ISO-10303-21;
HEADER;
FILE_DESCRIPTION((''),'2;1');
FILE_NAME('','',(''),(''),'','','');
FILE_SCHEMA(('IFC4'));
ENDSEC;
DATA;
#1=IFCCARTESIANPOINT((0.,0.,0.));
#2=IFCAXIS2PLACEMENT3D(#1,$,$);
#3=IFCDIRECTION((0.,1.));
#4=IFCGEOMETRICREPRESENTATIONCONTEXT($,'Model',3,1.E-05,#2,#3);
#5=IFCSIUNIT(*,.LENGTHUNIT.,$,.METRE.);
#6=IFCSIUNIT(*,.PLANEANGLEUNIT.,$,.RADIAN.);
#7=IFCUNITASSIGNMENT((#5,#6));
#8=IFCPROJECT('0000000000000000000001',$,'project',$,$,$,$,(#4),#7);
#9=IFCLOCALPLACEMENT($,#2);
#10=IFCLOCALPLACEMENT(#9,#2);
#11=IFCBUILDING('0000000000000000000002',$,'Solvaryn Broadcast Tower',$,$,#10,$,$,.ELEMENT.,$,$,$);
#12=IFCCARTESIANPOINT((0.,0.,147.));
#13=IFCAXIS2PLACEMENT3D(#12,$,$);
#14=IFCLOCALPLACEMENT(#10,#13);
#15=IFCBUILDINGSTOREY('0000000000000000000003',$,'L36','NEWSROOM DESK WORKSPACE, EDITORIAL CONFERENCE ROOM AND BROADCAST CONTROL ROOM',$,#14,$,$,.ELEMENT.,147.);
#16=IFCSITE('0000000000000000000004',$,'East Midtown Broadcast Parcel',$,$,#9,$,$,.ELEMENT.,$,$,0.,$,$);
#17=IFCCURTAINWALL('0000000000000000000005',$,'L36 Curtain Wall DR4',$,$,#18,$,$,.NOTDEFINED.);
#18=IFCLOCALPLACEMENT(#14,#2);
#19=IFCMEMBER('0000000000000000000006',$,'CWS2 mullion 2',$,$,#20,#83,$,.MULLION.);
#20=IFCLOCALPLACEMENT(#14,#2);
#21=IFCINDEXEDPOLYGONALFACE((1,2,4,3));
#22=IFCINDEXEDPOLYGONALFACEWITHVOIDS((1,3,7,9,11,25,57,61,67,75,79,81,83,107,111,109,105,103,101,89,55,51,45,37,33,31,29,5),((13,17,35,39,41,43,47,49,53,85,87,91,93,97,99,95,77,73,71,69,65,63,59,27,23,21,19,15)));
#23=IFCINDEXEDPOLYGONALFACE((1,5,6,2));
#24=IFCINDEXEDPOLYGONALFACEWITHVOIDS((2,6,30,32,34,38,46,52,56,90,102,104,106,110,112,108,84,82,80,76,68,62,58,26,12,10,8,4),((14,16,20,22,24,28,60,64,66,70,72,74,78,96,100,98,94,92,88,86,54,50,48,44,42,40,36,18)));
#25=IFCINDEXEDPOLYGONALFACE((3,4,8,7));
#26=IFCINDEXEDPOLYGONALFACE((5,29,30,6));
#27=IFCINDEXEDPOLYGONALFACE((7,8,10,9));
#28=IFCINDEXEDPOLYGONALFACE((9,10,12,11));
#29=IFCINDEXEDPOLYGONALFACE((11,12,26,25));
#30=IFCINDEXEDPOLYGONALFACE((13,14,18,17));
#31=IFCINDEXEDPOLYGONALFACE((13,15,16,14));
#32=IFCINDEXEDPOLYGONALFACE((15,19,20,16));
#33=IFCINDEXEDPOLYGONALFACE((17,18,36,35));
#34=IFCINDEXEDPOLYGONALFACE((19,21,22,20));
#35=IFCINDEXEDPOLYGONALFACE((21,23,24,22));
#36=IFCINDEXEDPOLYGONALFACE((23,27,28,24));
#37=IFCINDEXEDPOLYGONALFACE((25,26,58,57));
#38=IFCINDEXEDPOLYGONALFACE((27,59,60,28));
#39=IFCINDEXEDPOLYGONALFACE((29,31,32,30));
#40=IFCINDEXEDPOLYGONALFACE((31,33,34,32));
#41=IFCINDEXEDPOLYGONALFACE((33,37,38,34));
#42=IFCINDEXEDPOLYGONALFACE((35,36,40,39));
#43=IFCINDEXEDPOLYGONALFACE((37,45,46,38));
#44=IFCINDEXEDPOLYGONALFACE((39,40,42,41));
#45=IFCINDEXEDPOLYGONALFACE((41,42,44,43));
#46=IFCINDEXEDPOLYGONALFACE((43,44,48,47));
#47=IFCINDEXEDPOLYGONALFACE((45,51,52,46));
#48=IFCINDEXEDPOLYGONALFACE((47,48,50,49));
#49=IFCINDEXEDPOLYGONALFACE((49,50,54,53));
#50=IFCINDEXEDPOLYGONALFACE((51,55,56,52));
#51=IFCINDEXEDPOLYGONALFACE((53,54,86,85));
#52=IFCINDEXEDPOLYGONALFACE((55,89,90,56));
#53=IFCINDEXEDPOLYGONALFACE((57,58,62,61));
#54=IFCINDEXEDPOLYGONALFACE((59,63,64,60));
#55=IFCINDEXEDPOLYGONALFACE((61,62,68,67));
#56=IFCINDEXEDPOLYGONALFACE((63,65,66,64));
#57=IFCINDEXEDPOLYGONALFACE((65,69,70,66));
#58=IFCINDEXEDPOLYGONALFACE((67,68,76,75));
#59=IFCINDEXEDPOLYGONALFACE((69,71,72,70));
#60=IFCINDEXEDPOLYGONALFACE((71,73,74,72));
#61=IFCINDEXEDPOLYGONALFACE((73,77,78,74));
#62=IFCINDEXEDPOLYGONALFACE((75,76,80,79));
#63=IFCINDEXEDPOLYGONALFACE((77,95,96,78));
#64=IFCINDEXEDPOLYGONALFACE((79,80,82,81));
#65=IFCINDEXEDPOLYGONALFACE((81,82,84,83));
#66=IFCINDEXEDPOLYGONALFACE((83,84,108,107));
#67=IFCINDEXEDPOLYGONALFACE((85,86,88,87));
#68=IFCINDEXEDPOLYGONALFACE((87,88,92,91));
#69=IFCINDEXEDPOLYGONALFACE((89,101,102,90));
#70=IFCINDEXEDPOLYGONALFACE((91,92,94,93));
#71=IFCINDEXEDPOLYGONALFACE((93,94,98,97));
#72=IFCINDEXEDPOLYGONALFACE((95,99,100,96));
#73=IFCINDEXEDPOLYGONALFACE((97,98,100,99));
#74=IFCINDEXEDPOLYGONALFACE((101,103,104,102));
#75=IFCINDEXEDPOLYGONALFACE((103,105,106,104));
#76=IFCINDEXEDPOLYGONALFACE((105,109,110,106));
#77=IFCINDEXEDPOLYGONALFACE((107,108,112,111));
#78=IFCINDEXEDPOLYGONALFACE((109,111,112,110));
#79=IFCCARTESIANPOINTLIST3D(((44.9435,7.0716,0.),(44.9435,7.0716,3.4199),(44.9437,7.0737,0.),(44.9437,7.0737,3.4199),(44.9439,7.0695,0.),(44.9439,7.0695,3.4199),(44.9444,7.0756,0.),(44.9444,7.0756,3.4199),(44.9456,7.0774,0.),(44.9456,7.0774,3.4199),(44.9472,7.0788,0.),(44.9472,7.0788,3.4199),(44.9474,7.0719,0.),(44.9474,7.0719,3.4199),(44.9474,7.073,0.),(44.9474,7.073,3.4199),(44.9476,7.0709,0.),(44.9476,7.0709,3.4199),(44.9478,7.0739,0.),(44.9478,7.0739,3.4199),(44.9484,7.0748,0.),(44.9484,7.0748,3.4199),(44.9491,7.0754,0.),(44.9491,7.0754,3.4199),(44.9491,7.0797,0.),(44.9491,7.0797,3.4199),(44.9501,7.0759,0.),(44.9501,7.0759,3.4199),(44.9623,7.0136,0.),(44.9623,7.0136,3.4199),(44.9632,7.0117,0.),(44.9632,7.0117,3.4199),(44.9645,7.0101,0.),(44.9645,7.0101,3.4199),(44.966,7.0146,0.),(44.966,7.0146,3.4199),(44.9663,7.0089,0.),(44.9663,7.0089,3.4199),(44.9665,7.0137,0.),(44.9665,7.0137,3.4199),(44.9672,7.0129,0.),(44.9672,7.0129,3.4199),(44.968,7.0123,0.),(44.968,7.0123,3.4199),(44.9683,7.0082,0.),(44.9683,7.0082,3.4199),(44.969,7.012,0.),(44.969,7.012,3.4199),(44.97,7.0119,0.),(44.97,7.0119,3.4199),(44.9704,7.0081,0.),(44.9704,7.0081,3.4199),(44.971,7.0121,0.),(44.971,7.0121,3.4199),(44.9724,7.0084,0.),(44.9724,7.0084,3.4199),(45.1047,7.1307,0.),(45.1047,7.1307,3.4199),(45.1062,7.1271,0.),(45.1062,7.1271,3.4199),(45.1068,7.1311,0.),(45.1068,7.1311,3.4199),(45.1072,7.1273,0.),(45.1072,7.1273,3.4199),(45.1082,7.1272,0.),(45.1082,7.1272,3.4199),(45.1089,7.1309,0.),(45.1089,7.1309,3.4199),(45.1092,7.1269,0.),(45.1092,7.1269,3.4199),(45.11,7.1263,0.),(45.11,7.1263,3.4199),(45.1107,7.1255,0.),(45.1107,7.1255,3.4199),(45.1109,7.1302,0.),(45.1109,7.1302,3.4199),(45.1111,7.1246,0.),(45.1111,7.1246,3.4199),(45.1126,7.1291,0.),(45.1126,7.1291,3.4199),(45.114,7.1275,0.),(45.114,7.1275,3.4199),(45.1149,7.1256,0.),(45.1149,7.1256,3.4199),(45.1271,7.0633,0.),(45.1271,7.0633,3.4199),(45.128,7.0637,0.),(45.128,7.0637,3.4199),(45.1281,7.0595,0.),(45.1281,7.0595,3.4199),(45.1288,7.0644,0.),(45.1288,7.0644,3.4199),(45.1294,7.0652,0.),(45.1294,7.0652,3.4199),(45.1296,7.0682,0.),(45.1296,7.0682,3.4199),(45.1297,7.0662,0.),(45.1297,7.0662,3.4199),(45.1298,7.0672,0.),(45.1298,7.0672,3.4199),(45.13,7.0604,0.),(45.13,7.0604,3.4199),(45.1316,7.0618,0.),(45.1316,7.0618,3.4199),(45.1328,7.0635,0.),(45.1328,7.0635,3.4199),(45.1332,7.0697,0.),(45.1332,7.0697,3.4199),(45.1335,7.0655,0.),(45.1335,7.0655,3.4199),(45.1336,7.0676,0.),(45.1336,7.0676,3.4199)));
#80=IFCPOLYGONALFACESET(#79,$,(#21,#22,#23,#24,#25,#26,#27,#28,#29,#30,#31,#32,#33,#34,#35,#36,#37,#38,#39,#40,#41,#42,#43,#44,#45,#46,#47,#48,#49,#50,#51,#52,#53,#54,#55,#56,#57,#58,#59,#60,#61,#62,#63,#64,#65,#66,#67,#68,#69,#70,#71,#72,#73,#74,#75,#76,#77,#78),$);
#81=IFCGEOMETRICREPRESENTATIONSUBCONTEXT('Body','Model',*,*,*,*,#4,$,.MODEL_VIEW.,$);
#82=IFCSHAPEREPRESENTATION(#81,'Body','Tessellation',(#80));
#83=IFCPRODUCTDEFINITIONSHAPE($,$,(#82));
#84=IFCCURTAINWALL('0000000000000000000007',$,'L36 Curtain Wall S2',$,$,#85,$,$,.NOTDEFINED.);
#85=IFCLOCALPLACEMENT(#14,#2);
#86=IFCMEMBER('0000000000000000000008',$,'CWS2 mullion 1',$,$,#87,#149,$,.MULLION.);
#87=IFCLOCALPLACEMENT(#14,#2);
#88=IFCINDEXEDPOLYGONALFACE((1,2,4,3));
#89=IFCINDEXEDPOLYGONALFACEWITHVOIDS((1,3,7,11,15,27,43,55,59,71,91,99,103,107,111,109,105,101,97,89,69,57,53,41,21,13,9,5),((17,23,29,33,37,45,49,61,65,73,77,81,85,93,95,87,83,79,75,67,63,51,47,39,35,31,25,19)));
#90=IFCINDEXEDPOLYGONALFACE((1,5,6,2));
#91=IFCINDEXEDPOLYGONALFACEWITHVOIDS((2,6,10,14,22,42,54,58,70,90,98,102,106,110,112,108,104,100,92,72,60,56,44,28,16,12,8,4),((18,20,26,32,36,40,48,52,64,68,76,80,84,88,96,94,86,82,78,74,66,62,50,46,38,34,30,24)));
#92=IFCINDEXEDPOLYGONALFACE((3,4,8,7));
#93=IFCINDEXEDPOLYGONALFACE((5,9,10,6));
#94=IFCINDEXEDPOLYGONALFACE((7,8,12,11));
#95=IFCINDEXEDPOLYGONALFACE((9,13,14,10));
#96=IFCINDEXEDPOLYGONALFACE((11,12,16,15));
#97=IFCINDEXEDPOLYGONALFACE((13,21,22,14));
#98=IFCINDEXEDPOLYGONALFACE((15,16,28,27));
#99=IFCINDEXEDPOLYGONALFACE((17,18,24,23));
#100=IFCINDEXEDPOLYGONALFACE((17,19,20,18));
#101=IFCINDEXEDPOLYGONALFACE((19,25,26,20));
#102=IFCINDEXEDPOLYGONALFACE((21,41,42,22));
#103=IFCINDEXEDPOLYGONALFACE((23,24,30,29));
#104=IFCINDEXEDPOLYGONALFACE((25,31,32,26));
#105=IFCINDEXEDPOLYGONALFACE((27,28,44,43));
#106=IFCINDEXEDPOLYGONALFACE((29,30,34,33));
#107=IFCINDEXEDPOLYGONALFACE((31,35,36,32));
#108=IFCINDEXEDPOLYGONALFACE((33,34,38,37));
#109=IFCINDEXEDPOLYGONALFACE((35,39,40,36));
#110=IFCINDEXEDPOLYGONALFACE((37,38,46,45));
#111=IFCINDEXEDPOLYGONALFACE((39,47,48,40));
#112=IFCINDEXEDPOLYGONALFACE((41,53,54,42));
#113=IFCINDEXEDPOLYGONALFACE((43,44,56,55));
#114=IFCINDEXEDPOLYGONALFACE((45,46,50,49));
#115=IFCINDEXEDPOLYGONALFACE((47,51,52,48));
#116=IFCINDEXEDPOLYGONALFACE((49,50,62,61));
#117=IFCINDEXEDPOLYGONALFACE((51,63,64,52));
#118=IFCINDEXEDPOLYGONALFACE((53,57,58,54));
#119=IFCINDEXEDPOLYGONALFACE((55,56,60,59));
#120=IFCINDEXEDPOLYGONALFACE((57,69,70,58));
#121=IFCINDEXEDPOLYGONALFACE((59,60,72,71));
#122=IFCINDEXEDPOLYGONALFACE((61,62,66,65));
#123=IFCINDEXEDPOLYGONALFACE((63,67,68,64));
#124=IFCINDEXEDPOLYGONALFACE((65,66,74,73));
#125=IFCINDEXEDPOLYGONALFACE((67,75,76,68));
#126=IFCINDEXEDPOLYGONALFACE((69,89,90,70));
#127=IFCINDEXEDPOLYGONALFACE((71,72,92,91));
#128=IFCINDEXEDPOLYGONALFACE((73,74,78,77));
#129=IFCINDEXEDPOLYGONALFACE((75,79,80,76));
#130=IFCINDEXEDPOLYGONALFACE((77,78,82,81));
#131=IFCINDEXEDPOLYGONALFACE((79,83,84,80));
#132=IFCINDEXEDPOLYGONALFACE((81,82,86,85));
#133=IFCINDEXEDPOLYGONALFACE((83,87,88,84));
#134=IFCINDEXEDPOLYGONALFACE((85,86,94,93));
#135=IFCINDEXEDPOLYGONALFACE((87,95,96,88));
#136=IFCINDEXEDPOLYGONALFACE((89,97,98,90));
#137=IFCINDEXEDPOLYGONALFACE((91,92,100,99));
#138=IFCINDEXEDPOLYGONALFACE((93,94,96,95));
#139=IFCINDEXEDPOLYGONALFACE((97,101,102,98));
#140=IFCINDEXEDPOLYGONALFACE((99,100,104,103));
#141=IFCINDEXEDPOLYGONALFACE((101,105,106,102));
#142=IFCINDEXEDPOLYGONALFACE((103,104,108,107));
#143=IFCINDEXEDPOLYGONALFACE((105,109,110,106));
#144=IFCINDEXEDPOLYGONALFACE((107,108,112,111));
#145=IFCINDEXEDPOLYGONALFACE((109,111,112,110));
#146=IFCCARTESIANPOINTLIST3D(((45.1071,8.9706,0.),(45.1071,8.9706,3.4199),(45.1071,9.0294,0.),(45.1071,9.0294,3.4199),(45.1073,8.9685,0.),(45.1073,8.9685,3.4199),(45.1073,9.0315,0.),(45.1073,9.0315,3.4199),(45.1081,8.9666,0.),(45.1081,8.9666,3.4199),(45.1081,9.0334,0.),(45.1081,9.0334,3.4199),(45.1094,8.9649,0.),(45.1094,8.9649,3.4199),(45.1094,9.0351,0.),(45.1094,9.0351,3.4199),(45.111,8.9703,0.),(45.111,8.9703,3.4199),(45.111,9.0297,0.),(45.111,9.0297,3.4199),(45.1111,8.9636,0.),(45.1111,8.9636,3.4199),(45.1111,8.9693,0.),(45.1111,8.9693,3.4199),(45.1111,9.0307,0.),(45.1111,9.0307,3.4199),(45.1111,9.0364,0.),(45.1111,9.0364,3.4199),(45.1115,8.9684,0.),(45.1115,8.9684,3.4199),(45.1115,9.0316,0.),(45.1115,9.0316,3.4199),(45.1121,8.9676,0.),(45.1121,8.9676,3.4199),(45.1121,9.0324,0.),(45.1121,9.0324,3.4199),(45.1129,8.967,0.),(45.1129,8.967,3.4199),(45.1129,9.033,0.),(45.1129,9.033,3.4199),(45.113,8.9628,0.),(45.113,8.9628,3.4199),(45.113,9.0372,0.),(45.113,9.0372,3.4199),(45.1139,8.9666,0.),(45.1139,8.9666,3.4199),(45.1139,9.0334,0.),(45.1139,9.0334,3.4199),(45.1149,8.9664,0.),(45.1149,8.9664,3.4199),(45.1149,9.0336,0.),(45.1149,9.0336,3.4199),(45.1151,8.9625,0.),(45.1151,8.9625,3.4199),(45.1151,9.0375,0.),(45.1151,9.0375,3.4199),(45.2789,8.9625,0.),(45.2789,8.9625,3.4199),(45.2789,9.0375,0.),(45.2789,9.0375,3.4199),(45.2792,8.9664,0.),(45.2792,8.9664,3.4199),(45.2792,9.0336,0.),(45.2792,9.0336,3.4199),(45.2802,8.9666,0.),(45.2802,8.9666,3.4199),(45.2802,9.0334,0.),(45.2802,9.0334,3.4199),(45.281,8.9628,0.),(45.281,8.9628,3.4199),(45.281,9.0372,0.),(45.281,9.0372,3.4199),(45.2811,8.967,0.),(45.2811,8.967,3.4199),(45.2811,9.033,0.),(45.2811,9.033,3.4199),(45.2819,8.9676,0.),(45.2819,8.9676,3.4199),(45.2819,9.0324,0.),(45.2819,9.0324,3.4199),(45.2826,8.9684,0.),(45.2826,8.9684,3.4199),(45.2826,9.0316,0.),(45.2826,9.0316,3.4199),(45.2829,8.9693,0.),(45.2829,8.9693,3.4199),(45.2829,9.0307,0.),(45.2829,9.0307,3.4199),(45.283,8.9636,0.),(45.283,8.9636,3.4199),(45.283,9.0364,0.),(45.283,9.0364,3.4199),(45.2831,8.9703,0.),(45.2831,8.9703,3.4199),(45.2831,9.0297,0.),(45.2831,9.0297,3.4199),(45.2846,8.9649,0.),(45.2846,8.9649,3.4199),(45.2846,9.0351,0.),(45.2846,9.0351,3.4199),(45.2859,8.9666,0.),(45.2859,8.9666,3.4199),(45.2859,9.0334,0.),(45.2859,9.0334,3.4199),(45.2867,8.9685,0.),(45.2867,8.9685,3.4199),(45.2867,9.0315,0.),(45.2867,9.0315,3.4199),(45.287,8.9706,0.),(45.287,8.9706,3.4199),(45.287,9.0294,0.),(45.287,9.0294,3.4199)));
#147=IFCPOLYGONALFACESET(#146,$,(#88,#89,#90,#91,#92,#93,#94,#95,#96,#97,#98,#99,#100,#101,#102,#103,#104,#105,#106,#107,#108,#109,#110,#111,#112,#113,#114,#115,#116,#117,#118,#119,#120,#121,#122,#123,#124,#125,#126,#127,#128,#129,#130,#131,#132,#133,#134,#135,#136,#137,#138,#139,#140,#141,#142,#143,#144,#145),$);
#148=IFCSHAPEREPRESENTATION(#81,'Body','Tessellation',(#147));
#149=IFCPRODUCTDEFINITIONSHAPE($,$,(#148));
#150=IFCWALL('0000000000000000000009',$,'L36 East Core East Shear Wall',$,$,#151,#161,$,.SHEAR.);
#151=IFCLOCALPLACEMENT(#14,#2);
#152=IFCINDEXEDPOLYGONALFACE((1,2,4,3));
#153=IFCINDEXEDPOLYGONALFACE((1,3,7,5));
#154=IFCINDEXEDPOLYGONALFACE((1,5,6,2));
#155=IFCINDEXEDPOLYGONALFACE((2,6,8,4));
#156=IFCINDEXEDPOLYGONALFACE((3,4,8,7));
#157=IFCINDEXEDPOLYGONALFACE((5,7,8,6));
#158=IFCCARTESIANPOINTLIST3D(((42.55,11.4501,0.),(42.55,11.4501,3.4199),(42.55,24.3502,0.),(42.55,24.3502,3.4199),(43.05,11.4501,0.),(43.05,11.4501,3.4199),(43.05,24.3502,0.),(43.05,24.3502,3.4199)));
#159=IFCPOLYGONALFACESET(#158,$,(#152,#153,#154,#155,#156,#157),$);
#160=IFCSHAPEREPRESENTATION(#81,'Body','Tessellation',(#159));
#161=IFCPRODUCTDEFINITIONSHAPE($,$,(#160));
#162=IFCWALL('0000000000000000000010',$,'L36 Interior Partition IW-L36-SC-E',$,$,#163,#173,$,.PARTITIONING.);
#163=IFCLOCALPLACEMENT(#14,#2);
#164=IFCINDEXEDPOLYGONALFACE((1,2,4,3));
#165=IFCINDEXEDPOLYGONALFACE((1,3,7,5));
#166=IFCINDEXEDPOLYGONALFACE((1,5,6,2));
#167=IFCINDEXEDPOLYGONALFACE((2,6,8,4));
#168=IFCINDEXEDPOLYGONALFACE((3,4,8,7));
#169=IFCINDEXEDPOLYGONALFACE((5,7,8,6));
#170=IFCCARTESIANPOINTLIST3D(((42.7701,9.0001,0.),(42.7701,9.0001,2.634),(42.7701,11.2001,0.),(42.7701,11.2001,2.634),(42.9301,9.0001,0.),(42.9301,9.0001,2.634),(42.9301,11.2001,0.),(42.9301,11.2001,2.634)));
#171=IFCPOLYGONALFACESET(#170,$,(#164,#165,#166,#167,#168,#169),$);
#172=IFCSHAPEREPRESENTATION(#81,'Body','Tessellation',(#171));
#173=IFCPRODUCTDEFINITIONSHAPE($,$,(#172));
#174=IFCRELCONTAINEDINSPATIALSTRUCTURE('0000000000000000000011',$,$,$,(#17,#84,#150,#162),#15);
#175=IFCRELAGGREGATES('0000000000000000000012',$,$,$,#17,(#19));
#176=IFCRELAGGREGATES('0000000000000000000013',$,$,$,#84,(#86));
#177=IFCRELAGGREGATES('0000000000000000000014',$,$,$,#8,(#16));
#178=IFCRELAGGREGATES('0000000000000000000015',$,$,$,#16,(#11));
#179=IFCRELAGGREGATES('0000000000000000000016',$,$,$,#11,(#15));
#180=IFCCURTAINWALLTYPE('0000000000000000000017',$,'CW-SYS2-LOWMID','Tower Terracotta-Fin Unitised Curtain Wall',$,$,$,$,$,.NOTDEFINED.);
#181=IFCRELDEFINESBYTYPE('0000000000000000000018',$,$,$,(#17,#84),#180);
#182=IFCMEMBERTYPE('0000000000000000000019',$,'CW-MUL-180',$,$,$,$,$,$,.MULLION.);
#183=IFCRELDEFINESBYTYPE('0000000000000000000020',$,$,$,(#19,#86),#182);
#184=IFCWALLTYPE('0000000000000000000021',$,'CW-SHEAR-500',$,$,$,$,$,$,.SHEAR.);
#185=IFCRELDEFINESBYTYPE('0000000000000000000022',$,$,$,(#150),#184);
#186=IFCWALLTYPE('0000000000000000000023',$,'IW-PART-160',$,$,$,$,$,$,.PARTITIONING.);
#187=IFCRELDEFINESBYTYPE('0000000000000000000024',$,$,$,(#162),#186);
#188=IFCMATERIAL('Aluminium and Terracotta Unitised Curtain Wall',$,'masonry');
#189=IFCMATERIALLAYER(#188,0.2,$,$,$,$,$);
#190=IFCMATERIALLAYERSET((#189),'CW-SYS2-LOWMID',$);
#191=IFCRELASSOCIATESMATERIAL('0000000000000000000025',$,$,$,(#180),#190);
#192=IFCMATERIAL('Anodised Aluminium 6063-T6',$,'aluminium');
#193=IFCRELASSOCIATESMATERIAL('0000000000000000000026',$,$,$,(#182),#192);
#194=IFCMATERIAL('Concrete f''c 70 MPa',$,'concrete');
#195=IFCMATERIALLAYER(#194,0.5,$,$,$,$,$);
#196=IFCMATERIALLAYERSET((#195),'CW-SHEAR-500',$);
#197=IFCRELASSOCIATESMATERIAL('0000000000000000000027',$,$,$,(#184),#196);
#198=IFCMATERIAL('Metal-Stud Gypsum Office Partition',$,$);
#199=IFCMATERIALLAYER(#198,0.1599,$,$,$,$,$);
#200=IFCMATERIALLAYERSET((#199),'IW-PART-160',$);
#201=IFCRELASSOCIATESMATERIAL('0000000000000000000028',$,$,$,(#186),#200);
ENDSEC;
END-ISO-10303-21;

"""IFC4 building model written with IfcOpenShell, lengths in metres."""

from ifc_helpers import new_model, si_unit, direction, frame, frame_2d, origin, origin_2d, place, context, subcontext, project, spatial, rectangle, hollow_rectangle, extrude, material, layer, layer_set, material_profile, profile_set, type_object, element, aggregate, save


model = new_model("IFC4")

# Units and contexts
model_context = context("Model", 3, precision=1e-05, world=origin(), true_north=direction((0.0, 1.0)))
body_context = subcontext(model_context, "Body", "Model", "MODEL_VIEW")
ifc_project = project(units=[si_unit("LENGTHUNIT", "METRE"), si_unit("PLANEANGLEUNIT", "RADIAN")], contexts=[model_context])

# Site, building, storey
site_placement = place(None, origin())
site = spatial("IfcSite", under=ifc_project, at=site_placement, Name="East Midtown Broadcast Parcel", CompositionType="ELEMENT", RefElevation=0.0)
building_placement = place(site_placement, origin())
building = spatial("IfcBuilding", under=site, at=building_placement, Name="Solvaryn Broadcast Tower", CompositionType="ELEMENT")
storey_placement = place(building_placement, frame((0.0, 0.0, 147.0)))
storey = spatial("IfcBuildingStorey", under=building, at=storey_placement, Name="L36", Description="NEWSROOM DESK WORKSPACE, EDITORIAL CONFERENCE ROOM AND BROADCAST CONTROL ROOM", CompositionType="ELEMENT", Elevation=147.0)

# Curtain walls, members
ifc_material_1 = material(Name="Aluminium and Terracotta Unitised Curtain Wall", Category="masonry")
ifc_layer_1 = layer(ifc_material_1, 0.2)
ifc_layer_set_1 = layer_set([ifc_layer_1], Name="CW-SYS2-LOWMID")
curtain_wall_type = type_object("IfcCurtainWallType", Name="CW-SYS2-LOWMID", Description="Tower Terracotta-Fin Unitised Curtain Wall", PredefinedType="NOTDEFINED", material=ifc_layer_set_1)
curtain_wall_1_placement = place(storey_placement, origin())
curtain_wall_1 = element("IfcCurtainWall", 1, at=curtain_wall_1_placement, inside=storey, type_object=curtain_wall_type, Name="L36 Curtain Wall DR4", PredefinedType="NOTDEFINED")
ifc_material_2 = material(Name="Anodised Aluminium 6063-T6", Category="aluminium")
ifc_material_profile_1 = material_profile(ifc_material_2, hollow_rectangle(XDim=0.075, YDim=0.1799, WallThickness=0.0039, InnerFilletRadius=0.0039, OuterFilletRadius=0.0081, at=origin_2d()))
ifc_profile_set_1 = profile_set([ifc_material_profile_1], Name="Anodised Aluminium 6063-T6")
member_type = type_object("IfcMemberType", Name="CW-MUL-180", PredefinedType="MULLION", material=ifc_profile_set_1)
member_1_placement = place(storey_placement, frame((45.0386, 7.0696, 0.0), z_axis=(0.0, 0.0, 1.0), x_axis=(-0.311646, 0.950198, 0.0)))
member_1 = element("IfcMember", 2, at=member_1_placement, type_object=member_type, Name="CWS2 mullion 2", PredefinedType="MULLION", context=body_context, shape_type="SweptSolid", body=[
    extrude(hollow_rectangle(XDim=0.075, YDim=0.1799, WallThickness=0.0039, InnerFilletRadius=0.0039, OuterFilletRadius=0.0081, at=origin_2d()), origin(), (0.0, 0.0, 1.0), 3.4199),
])
aggregate(curtain_wall_1, [member_1])
curtain_wall_2_placement = place(storey_placement, origin())
curtain_wall_2 = element("IfcCurtainWall", 3, at=curtain_wall_2_placement, inside=storey, type_object=curtain_wall_type, Name="L36 Curtain Wall S2", PredefinedType="NOTDEFINED")
member_2_placement = place(storey_placement, frame((45.197, 9.0, 0.0), z_axis=(0.0, 0.0, 1.0), x_axis=(0.0, 1.0, 0.0)))
member_2 = element("IfcMember", 4, at=member_2_placement, type_object=member_type, Name="CWS2 mullion 1", PredefinedType="MULLION", context=body_context, shape_type="SweptSolid", body=[
    extrude(hollow_rectangle(XDim=0.075, YDim=0.1799, WallThickness=0.0039, InnerFilletRadius=0.0039, OuterFilletRadius=0.0081, at=origin_2d()), origin(), (0.0, 0.0, 1.0), 3.4199),
])
aggregate(curtain_wall_2, [member_2])

# Walls
ifc_material_3 = material(Name="Concrete f'c 70 MPa", Category="concrete")
ifc_layer_2 = layer(ifc_material_3, 0.5)
ifc_layer_set_2 = layer_set([ifc_layer_2], Name="CW-SHEAR-500")
wall_type_1 = type_object("IfcWallType", Name="CW-SHEAR-500", PredefinedType="SHEAR", material=ifc_layer_set_2)
wall_1_placement = place(storey_placement, frame((42.8, 11.45, 0.0), z_axis=(0.0, 0.0, 1.0), x_axis=(0.0, 1.0, 0.0)))
element("IfcWall", 5, at=wall_1_placement, inside=storey, type_object=wall_type_1, Name="L36 East Core East Shear Wall", PredefinedType="SHEAR", context=body_context, shape_type="SweptSolid", body=[
    extrude(rectangle(XDim=12.9001, YDim=0.5, at=frame_2d((6.4502, 0.0))), origin(), (0.0, 0.0, 1.0), 3.4199),
])
ifc_material_4 = material(Name="Metal-Stud Gypsum Office Partition")
ifc_layer_3 = layer(ifc_material_4, 0.1599)
ifc_layer_set_3 = layer_set([ifc_layer_3], Name="IW-PART-160")
wall_type_2 = type_object("IfcWallType", Name="IW-PART-160", PredefinedType="PARTITIONING", material=ifc_layer_set_3)
wall_2_placement = place(storey_placement, frame((42.8501, 9.0, 0.0), z_axis=(0.0, 0.0, 1.0), x_axis=(0.0, 1.0, 0.0)))
element("IfcWall", 6, at=wall_2_placement, inside=storey, type_object=wall_type_2, Name="L36 Interior Partition IW-L36-SC-E", PredefinedType="PARTITIONING", context=body_context, shape_type="SweptSolid", body=[
    extrude(rectangle(XDim=2.2, YDim=0.1599, at=frame_2d((1.1001, 0.0))), origin(), (0.0, 0.0, 1.0), 2.634),
])

save(model, "model.ifc")
